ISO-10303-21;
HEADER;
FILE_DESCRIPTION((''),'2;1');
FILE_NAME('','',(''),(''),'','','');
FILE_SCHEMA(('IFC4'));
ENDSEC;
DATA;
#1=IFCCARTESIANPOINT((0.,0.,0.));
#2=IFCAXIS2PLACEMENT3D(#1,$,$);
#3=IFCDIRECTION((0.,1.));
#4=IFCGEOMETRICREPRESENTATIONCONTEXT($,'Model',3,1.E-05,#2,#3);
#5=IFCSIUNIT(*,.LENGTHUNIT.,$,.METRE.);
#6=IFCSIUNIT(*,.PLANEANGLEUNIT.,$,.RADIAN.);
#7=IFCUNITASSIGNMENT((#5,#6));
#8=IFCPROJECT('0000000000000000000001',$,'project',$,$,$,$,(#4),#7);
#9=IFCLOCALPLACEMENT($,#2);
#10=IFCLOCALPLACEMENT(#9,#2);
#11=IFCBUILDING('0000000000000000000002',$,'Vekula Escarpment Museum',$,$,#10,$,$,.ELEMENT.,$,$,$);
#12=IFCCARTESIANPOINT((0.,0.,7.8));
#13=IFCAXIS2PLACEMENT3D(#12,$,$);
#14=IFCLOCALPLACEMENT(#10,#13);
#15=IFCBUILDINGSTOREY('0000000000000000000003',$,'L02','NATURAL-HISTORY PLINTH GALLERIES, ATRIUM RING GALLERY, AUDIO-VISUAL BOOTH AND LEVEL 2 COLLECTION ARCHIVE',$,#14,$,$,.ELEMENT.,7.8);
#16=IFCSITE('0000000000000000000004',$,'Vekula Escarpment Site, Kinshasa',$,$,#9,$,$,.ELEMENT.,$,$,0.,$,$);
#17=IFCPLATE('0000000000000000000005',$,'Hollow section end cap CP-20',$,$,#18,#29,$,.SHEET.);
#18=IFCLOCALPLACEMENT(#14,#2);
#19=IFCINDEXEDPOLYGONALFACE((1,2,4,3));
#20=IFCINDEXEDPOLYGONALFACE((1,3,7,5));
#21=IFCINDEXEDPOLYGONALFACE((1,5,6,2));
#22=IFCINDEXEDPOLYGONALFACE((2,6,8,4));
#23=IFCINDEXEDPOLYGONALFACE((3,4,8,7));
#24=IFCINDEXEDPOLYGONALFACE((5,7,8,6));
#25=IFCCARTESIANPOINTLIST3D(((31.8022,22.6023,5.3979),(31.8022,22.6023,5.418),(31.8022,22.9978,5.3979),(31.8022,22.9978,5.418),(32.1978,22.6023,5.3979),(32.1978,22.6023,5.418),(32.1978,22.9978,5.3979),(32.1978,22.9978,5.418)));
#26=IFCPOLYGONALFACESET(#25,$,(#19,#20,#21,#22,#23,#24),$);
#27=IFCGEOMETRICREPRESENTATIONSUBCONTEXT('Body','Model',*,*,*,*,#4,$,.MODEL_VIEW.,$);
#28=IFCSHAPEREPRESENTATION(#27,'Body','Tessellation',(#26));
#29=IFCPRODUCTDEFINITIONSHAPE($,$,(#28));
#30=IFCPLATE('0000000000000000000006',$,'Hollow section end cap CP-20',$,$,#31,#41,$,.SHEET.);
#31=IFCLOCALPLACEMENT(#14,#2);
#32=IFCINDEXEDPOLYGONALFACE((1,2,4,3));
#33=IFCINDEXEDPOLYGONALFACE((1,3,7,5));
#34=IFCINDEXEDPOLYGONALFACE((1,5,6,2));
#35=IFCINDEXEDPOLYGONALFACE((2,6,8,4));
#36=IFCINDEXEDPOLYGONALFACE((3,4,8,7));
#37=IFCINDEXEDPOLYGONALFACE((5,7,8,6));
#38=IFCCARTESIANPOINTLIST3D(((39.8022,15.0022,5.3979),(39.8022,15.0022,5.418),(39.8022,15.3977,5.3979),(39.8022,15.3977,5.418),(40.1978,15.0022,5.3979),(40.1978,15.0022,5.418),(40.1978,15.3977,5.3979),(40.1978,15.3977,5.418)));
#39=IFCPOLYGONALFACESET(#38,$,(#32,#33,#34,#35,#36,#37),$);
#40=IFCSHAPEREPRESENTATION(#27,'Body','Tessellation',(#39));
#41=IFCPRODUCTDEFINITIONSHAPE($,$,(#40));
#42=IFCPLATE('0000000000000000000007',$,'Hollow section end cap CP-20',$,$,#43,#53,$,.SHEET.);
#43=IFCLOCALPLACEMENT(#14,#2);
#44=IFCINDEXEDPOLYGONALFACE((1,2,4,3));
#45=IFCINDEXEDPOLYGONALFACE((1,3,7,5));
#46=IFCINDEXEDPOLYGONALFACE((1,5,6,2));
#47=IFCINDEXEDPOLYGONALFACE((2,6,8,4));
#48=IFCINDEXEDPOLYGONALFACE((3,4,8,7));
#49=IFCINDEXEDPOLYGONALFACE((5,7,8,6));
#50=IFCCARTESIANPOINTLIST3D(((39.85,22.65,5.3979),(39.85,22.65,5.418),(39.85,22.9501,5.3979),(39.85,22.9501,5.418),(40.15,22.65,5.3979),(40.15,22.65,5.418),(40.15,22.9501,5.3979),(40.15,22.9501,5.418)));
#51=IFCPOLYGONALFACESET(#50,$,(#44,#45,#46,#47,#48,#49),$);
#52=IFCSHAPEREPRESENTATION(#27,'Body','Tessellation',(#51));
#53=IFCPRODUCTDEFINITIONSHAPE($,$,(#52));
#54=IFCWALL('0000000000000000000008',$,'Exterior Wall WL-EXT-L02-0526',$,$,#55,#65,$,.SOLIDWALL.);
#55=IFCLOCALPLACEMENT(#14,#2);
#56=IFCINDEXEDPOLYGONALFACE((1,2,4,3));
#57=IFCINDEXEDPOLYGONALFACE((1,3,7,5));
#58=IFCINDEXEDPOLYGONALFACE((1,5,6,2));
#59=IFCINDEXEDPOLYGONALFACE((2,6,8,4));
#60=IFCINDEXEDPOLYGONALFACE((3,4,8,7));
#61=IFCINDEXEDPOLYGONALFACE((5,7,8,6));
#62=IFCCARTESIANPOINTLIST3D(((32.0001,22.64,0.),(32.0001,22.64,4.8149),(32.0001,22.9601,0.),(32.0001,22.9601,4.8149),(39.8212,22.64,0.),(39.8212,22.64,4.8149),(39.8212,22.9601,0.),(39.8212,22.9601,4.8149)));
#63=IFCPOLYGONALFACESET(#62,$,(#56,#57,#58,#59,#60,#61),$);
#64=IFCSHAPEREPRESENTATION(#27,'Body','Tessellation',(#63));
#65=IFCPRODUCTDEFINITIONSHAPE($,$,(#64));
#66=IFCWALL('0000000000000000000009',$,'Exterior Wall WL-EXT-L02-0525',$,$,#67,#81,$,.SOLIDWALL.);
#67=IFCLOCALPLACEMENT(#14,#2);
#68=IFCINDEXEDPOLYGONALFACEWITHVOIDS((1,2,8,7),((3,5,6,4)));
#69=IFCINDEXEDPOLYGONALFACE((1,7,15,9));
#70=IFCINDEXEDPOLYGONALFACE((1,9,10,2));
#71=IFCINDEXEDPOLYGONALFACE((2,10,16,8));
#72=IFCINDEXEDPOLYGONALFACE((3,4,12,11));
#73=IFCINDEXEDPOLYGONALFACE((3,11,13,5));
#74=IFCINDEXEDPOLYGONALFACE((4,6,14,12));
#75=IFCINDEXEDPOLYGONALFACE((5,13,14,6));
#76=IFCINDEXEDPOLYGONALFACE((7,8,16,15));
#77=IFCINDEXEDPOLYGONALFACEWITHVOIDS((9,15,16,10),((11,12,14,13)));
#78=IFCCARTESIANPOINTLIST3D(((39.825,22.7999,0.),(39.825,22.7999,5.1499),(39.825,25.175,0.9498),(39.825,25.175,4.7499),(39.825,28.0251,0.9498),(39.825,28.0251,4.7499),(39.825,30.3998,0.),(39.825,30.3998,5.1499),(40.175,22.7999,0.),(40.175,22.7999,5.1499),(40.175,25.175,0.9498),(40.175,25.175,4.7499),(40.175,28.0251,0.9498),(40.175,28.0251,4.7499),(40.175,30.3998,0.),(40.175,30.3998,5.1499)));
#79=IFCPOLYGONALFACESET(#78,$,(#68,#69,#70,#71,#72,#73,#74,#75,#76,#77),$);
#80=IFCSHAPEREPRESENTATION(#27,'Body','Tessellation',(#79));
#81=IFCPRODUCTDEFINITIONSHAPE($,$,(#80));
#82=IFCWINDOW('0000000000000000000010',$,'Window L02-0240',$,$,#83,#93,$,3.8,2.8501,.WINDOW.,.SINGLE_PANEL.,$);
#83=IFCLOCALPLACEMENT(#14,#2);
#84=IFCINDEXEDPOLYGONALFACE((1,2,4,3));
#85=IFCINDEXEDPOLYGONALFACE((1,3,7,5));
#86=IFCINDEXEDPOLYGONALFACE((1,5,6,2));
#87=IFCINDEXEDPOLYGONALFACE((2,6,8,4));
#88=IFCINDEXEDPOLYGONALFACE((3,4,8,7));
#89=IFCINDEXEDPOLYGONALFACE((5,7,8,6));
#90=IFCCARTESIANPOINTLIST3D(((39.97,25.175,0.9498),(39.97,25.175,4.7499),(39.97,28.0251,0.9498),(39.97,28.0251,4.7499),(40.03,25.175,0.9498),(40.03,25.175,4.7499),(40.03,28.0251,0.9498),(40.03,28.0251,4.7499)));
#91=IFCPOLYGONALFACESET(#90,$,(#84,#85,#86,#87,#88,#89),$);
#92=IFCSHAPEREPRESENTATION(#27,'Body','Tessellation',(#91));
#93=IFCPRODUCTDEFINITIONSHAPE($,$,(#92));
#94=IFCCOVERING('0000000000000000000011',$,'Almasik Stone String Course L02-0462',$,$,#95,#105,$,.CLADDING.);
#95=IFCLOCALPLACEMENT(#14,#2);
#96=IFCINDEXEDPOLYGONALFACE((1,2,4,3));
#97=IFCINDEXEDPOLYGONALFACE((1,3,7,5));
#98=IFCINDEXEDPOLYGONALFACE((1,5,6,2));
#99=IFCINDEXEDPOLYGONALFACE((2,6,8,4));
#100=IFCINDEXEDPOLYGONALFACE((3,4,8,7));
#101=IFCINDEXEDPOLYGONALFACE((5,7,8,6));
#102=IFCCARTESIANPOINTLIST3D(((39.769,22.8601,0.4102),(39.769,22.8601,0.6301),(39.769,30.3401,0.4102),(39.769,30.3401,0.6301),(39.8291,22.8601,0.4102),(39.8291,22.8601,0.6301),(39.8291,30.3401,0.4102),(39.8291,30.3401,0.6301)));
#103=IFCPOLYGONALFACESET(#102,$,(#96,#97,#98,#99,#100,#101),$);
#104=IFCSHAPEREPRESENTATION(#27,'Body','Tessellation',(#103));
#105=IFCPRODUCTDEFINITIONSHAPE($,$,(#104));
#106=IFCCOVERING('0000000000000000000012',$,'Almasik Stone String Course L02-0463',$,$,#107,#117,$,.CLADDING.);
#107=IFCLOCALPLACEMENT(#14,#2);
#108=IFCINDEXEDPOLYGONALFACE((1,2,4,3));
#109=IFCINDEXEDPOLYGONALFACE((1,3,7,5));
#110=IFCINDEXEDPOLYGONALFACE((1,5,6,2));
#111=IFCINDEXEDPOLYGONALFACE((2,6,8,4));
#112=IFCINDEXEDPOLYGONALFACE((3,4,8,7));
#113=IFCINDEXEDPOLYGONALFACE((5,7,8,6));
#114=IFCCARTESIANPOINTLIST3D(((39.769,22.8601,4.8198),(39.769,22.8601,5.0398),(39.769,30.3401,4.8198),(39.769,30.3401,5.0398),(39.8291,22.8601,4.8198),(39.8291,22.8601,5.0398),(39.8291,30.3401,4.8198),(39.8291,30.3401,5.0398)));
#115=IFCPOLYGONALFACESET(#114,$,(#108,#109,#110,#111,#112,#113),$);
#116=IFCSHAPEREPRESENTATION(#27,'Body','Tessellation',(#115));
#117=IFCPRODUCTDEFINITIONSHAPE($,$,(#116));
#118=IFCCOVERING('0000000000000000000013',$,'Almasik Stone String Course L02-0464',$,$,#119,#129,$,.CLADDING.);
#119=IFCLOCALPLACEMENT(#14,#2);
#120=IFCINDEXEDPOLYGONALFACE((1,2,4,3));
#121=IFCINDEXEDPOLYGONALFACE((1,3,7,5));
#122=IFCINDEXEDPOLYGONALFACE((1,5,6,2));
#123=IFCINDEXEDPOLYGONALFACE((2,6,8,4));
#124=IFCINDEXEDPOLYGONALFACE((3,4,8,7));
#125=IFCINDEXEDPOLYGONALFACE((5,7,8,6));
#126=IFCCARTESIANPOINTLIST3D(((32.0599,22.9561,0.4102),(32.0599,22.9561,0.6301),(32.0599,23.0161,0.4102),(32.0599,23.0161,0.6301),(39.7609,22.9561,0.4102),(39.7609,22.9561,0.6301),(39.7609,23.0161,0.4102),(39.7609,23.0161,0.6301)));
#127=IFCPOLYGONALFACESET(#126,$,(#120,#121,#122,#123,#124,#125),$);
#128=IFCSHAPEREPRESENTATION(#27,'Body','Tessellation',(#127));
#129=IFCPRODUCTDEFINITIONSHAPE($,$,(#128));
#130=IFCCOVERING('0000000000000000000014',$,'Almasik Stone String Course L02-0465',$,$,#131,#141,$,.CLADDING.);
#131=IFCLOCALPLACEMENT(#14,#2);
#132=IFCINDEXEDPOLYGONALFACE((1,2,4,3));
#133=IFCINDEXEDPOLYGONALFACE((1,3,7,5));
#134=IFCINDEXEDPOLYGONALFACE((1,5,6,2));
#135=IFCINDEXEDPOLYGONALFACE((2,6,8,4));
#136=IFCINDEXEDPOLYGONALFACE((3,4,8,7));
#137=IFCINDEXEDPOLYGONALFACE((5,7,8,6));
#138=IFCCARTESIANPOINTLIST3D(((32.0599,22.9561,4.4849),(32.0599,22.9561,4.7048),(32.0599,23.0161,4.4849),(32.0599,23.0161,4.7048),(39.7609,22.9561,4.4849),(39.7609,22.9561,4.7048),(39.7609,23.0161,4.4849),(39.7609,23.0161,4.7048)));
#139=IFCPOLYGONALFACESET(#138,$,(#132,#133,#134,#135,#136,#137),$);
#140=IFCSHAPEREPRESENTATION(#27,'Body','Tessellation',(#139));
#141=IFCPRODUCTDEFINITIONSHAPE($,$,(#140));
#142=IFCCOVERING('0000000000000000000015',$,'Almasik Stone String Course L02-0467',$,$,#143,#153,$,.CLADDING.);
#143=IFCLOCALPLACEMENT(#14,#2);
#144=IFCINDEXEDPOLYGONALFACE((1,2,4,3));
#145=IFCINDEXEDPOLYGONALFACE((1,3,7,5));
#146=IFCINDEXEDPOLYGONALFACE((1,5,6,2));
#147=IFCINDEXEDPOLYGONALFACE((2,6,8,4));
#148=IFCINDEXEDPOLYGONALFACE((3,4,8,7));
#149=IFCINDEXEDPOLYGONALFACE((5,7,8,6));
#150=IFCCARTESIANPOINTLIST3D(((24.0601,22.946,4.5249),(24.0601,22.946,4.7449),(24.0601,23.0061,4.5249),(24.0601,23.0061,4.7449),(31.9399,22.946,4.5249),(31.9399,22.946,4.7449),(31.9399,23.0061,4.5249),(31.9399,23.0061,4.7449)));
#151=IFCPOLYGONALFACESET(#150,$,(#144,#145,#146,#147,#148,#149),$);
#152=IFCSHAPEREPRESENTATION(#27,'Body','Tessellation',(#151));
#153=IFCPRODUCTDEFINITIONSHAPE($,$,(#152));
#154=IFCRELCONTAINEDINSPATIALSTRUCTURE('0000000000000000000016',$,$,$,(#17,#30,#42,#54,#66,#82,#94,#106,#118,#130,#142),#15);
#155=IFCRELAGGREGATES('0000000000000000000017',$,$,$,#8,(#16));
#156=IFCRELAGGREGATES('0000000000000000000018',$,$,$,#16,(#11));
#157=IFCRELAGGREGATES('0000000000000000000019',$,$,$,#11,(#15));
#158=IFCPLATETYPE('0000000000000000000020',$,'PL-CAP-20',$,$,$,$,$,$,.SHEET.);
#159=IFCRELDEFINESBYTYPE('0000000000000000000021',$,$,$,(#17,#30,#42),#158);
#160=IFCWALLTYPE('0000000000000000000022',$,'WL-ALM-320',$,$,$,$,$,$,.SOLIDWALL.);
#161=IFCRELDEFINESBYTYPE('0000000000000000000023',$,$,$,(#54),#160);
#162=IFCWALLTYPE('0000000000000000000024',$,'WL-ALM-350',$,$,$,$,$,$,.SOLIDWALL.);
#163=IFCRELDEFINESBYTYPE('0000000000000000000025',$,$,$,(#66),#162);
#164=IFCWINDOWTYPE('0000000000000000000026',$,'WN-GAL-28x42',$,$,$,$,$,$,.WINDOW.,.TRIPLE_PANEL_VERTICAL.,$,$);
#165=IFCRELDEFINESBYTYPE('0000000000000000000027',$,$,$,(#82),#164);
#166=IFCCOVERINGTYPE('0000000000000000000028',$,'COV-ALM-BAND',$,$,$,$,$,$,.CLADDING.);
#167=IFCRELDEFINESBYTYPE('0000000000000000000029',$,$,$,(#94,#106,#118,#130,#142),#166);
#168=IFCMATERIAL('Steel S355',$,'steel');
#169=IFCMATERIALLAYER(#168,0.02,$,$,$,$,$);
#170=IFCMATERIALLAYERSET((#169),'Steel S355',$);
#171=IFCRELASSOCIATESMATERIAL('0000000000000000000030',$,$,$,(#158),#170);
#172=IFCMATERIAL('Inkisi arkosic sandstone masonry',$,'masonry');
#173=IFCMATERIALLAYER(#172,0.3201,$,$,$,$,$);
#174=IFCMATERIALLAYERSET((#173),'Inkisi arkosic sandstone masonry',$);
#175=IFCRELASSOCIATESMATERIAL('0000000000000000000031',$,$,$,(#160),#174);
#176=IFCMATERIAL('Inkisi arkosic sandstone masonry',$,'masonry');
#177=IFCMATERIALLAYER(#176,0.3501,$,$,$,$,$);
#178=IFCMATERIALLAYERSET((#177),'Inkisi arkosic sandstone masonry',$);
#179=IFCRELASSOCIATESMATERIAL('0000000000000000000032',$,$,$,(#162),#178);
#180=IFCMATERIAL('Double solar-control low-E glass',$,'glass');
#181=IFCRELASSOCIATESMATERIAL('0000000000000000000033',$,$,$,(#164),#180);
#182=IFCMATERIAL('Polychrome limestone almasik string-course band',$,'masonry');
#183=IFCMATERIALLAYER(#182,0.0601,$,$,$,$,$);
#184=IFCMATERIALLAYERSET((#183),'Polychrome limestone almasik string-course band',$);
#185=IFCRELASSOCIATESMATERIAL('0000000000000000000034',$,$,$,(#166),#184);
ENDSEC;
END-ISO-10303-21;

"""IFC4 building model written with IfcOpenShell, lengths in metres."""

from ifc_helpers import new_model, si_unit, direction, frame, frame_2d, origin, origin_2d, place, context, subcontext, project, spatial, rectangle, extrude, material, layer, layer_set, type_object, element, fill, save


model = new_model("IFC4")

# Units and contexts
model_context = context("Model", 3, precision=1e-05, world=origin(), true_north=direction((0.0, 1.0)))
body_context = subcontext(model_context, "Body", "Model", "MODEL_VIEW")
ifc_project = project(units=[si_unit("LENGTHUNIT", "METRE"), si_unit("PLANEANGLEUNIT", "RADIAN")], contexts=[model_context])

# Site, building, storey
site_placement = place(None, origin())
site = spatial("IfcSite", under=ifc_project, at=site_placement, Name="Vekula Escarpment Site, Kinshasa", CompositionType="ELEMENT", RefElevation=0.0)
building_placement = place(site_placement, origin())
building = spatial("IfcBuilding", under=site, at=building_placement, Name="Vekula Escarpment Museum", CompositionType="ELEMENT")
storey_placement = place(building_placement, frame((0.0, 0.0, 7.8)))
storey = spatial("IfcBuildingStorey", under=building, at=storey_placement, Name="L02", Description="NATURAL-HISTORY PLINTH GALLERIES, ATRIUM RING GALLERY, AUDIO-VISUAL BOOTH AND LEVEL 2 COLLECTION ARCHIVE", CompositionType="ELEMENT", Elevation=7.8)

# Plates
ifc_material_1 = material(Name="Steel S355", Category="steel")
ifc_layer_1 = layer(ifc_material_1, 0.02)
ifc_layer_set_1 = layer_set([ifc_layer_1], Name="Steel S355")
plate_type_1 = type_object("IfcPlateType", Name="PL-CAP-20", PredefinedType="SHEET", material=ifc_layer_set_1)
for number, where, z_axis, x_axis, name in (
    (1, (32.0, 22.8, 5.3979), (0.0, 0.0, 1.0), (1.0, 0.0, 0.0), "Hollow section end cap CP-20"),
    (2, (40.0, 15.2, 5.3979), (0.0, 0.0, 1.0), (1.0, 0.0, 0.0), "Hollow section end cap CP-20"),
):
    element("IfcPlate", number, at=place(storey_placement, frame(where, z_axis=z_axis, x_axis=x_axis)), inside=storey, type_object=plate_type_1, Name=name, PredefinedType="SHEET", context=body_context, shape_type="SweptSolid", body=[
        extrude(rectangle(XDim=0.3955, YDim=0.3955, at=origin_2d()), origin(), (0.0, 0.0, 1.0), 0.02),
    ])
plate_placement = place(storey_placement, frame((40.0, 22.8, 5.3979), z_axis=(0.0, 0.0, 1.0), x_axis=(1.0, 0.0, 0.0)))
element("IfcPlate", 3, at=plate_placement, inside=storey, type_object=plate_type_1, Name="Hollow section end cap CP-20", PredefinedType="SHEET", context=body_context, shape_type="SweptSolid", body=[
    extrude(rectangle(XDim=0.3, YDim=0.3, at=origin_2d()), origin(), (0.0, 0.0, 1.0), 0.02),
])

# Wall
ifc_material_2 = material(Name="Inkisi arkosic sandstone masonry", Category="masonry")
ifc_layer_2 = layer(ifc_material_2, 0.3201)
ifc_layer_set_2 = layer_set([ifc_layer_2], Name="Inkisi arkosic sandstone masonry")
wall_type_1 = type_object("IfcWallType", Name="WL-ALM-320", PredefinedType="SOLIDWALL", material=ifc_layer_set_2)
wall_1_placement = place(storey_placement, frame((32.0, 22.8, 0.0), z_axis=(0.0, 0.0, 1.0), x_axis=(1.0, 0.0, 0.0)))
element("IfcWall", 4, at=wall_1_placement, inside=storey, type_object=wall_type_1, Name="Exterior Wall WL-EXT-L02-0526", PredefinedType="SOLIDWALL", context=body_context, shape_type="SweptSolid", body=[
    extrude(rectangle(XDim=7.821, YDim=0.3201, at=frame_2d((3.9106, 0.0))), origin(), (0.0, 0.0, 1.0), 4.8149),
])

# Wall, opening, window
ifc_material_3 = material(Name="Inkisi arkosic sandstone masonry", Category="masonry")
ifc_layer_3 = layer(ifc_material_3, 0.3501)
ifc_layer_set_3 = layer_set([ifc_layer_3], Name="Inkisi arkosic sandstone masonry")
wall_type_2 = type_object("IfcWallType", Name="WL-ALM-350", PredefinedType="SOLIDWALL", material=ifc_layer_set_3)
wall_2_placement = place(storey_placement, frame((40.0, 22.8, 0.0), z_axis=(0.0, 0.0, 1.0), x_axis=(0.0, 1.0, 0.0)))
wall_2 = element("IfcWall", 5, at=wall_2_placement, inside=storey, type_object=wall_type_2, Name="Exterior Wall WL-EXT-L02-0525", PredefinedType="SOLIDWALL", context=body_context, shape_type="SweptSolid", body=[
    extrude(rectangle(XDim=7.5999, YDim=0.3501, at=frame_2d((3.7998, 0.0))), origin(), (0.0, 0.0, 1.0), 5.1499),
])
opening_placement = place(wall_2_placement, frame((2.375, 0.0, 0.95)))
opening = element("IfcOpeningElement", 6, at=opening_placement, cuts=wall_2, PredefinedType="OPENING", context=body_context, shape_type="SweptSolid", body=[
    extrude(rectangle(XDim=2.8501, YDim=3.8, at=frame_2d((1.425, 1.8999))), frame((0.0, 0.1851, 0.0), z_axis=(0.0, -1.0, 0.0), x_axis=(1.0, 0.0, 0.0)), (0.0, 0.0, 1.0), 0.3701),
])
ifc_material_4 = material(Name="Double solar-control low-E glass", Category="glass")
window_type = type_object("IfcWindowType", Name="WN-GAL-28x42", PartitioningType="TRIPLE_PANEL_VERTICAL", PredefinedType="WINDOW", material=ifc_material_4)
window_placement = place(opening_placement, origin())
window = element("IfcWindow", 7, at=window_placement, inside=storey, type_object=window_type, Name="Window L02-0240", OverallHeight=3.8, OverallWidth=2.8501, PartitioningType="SINGLE_PANEL", PredefinedType="WINDOW", context=body_context, shape_type="SweptSolid", body=[
    extrude(rectangle(XDim=2.8501, YDim=3.8, at=frame_2d((1.425, 1.8999))), frame((0.0, 0.03, 0.0), z_axis=(0.0, -1.0, 0.0), x_axis=(1.0, 0.0, 0.0)), (0.0, 0.0, 1.0), 0.0601),
])
fill(opening, window)

# Coverings
ifc_material_5 = material(Name="Polychrome limestone almasik string-course band", Category="masonry")
ifc_layer_4 = layer(ifc_material_5, 0.0601)
ifc_layer_set_4 = layer_set([ifc_layer_4], Name="Polychrome limestone almasik string-course band")
covering_type = type_object("IfcCoveringType", Name="COV-ALM-BAND", PredefinedType="CLADDING", material=ifc_layer_set_4)
for number, where, z_axis, x_axis, name in (
    (8, (39.7991, 26.6001, 0.4102), (0.0, 0.0, 1.0), (0.0, 1.0, 0.0), "Almasik Stone String Course L02-0462"),
    (9, (39.7991, 26.6001, 4.8198), (0.0, 0.0, 1.0), (0.0, 1.0, 0.0), "Almasik Stone String Course L02-0463"),
):
    element("IfcCovering", number, at=place(storey_placement, frame(where, z_axis=z_axis, x_axis=x_axis)), inside=storey, type_object=covering_type, Name=name, PredefinedType="CLADDING", context=body_context, shape_type="SweptSolid", body=[
        extrude(rectangle(XDim=7.48, YDim=0.0601, at=origin_2d()), origin(), (0.0, 0.0, 1.0), 0.22),
    ])
for number, where, z_axis, x_axis, name in (
    (10, (35.9104, 22.9861, 0.4102), (0.0, 0.0, 1.0), (1.0, 0.0, 0.0), "Almasik Stone String Course L02-0464"),
    (11, (35.9104, 22.9861, 4.4849), (0.0, 0.0, 1.0), (1.0, 0.0, 0.0), "Almasik Stone String Course L02-0465"),
):
    element("IfcCovering", number, at=place(storey_placement, frame(where, z_axis=z_axis, x_axis=x_axis)), inside=storey, type_object=covering_type, Name=name, PredefinedType="CLADDING", context=body_context, shape_type="SweptSolid", body=[
        extrude(rectangle(XDim=7.7009, YDim=0.0601, at=origin_2d()), origin(), (0.0, 0.0, 1.0), 0.22),
    ])
covering_placement = place(storey_placement, frame((28.0, 22.9761, 4.5249), z_axis=(0.0, 0.0, 1.0), x_axis=(1.0, 0.0, 0.0)))
element("IfcCovering", 12, at=covering_placement, inside=storey, type_object=covering_type, Name="Almasik Stone String Course L02-0467", PredefinedType="CLADDING", context=body_context, shape_type="SweptSolid", body=[
    extrude(rectangle(XDim=7.8799, YDim=0.0601, at=origin_2d()), origin(), (0.0, 0.0, 1.0), 0.22),
])

save(model, "model.ifc")
